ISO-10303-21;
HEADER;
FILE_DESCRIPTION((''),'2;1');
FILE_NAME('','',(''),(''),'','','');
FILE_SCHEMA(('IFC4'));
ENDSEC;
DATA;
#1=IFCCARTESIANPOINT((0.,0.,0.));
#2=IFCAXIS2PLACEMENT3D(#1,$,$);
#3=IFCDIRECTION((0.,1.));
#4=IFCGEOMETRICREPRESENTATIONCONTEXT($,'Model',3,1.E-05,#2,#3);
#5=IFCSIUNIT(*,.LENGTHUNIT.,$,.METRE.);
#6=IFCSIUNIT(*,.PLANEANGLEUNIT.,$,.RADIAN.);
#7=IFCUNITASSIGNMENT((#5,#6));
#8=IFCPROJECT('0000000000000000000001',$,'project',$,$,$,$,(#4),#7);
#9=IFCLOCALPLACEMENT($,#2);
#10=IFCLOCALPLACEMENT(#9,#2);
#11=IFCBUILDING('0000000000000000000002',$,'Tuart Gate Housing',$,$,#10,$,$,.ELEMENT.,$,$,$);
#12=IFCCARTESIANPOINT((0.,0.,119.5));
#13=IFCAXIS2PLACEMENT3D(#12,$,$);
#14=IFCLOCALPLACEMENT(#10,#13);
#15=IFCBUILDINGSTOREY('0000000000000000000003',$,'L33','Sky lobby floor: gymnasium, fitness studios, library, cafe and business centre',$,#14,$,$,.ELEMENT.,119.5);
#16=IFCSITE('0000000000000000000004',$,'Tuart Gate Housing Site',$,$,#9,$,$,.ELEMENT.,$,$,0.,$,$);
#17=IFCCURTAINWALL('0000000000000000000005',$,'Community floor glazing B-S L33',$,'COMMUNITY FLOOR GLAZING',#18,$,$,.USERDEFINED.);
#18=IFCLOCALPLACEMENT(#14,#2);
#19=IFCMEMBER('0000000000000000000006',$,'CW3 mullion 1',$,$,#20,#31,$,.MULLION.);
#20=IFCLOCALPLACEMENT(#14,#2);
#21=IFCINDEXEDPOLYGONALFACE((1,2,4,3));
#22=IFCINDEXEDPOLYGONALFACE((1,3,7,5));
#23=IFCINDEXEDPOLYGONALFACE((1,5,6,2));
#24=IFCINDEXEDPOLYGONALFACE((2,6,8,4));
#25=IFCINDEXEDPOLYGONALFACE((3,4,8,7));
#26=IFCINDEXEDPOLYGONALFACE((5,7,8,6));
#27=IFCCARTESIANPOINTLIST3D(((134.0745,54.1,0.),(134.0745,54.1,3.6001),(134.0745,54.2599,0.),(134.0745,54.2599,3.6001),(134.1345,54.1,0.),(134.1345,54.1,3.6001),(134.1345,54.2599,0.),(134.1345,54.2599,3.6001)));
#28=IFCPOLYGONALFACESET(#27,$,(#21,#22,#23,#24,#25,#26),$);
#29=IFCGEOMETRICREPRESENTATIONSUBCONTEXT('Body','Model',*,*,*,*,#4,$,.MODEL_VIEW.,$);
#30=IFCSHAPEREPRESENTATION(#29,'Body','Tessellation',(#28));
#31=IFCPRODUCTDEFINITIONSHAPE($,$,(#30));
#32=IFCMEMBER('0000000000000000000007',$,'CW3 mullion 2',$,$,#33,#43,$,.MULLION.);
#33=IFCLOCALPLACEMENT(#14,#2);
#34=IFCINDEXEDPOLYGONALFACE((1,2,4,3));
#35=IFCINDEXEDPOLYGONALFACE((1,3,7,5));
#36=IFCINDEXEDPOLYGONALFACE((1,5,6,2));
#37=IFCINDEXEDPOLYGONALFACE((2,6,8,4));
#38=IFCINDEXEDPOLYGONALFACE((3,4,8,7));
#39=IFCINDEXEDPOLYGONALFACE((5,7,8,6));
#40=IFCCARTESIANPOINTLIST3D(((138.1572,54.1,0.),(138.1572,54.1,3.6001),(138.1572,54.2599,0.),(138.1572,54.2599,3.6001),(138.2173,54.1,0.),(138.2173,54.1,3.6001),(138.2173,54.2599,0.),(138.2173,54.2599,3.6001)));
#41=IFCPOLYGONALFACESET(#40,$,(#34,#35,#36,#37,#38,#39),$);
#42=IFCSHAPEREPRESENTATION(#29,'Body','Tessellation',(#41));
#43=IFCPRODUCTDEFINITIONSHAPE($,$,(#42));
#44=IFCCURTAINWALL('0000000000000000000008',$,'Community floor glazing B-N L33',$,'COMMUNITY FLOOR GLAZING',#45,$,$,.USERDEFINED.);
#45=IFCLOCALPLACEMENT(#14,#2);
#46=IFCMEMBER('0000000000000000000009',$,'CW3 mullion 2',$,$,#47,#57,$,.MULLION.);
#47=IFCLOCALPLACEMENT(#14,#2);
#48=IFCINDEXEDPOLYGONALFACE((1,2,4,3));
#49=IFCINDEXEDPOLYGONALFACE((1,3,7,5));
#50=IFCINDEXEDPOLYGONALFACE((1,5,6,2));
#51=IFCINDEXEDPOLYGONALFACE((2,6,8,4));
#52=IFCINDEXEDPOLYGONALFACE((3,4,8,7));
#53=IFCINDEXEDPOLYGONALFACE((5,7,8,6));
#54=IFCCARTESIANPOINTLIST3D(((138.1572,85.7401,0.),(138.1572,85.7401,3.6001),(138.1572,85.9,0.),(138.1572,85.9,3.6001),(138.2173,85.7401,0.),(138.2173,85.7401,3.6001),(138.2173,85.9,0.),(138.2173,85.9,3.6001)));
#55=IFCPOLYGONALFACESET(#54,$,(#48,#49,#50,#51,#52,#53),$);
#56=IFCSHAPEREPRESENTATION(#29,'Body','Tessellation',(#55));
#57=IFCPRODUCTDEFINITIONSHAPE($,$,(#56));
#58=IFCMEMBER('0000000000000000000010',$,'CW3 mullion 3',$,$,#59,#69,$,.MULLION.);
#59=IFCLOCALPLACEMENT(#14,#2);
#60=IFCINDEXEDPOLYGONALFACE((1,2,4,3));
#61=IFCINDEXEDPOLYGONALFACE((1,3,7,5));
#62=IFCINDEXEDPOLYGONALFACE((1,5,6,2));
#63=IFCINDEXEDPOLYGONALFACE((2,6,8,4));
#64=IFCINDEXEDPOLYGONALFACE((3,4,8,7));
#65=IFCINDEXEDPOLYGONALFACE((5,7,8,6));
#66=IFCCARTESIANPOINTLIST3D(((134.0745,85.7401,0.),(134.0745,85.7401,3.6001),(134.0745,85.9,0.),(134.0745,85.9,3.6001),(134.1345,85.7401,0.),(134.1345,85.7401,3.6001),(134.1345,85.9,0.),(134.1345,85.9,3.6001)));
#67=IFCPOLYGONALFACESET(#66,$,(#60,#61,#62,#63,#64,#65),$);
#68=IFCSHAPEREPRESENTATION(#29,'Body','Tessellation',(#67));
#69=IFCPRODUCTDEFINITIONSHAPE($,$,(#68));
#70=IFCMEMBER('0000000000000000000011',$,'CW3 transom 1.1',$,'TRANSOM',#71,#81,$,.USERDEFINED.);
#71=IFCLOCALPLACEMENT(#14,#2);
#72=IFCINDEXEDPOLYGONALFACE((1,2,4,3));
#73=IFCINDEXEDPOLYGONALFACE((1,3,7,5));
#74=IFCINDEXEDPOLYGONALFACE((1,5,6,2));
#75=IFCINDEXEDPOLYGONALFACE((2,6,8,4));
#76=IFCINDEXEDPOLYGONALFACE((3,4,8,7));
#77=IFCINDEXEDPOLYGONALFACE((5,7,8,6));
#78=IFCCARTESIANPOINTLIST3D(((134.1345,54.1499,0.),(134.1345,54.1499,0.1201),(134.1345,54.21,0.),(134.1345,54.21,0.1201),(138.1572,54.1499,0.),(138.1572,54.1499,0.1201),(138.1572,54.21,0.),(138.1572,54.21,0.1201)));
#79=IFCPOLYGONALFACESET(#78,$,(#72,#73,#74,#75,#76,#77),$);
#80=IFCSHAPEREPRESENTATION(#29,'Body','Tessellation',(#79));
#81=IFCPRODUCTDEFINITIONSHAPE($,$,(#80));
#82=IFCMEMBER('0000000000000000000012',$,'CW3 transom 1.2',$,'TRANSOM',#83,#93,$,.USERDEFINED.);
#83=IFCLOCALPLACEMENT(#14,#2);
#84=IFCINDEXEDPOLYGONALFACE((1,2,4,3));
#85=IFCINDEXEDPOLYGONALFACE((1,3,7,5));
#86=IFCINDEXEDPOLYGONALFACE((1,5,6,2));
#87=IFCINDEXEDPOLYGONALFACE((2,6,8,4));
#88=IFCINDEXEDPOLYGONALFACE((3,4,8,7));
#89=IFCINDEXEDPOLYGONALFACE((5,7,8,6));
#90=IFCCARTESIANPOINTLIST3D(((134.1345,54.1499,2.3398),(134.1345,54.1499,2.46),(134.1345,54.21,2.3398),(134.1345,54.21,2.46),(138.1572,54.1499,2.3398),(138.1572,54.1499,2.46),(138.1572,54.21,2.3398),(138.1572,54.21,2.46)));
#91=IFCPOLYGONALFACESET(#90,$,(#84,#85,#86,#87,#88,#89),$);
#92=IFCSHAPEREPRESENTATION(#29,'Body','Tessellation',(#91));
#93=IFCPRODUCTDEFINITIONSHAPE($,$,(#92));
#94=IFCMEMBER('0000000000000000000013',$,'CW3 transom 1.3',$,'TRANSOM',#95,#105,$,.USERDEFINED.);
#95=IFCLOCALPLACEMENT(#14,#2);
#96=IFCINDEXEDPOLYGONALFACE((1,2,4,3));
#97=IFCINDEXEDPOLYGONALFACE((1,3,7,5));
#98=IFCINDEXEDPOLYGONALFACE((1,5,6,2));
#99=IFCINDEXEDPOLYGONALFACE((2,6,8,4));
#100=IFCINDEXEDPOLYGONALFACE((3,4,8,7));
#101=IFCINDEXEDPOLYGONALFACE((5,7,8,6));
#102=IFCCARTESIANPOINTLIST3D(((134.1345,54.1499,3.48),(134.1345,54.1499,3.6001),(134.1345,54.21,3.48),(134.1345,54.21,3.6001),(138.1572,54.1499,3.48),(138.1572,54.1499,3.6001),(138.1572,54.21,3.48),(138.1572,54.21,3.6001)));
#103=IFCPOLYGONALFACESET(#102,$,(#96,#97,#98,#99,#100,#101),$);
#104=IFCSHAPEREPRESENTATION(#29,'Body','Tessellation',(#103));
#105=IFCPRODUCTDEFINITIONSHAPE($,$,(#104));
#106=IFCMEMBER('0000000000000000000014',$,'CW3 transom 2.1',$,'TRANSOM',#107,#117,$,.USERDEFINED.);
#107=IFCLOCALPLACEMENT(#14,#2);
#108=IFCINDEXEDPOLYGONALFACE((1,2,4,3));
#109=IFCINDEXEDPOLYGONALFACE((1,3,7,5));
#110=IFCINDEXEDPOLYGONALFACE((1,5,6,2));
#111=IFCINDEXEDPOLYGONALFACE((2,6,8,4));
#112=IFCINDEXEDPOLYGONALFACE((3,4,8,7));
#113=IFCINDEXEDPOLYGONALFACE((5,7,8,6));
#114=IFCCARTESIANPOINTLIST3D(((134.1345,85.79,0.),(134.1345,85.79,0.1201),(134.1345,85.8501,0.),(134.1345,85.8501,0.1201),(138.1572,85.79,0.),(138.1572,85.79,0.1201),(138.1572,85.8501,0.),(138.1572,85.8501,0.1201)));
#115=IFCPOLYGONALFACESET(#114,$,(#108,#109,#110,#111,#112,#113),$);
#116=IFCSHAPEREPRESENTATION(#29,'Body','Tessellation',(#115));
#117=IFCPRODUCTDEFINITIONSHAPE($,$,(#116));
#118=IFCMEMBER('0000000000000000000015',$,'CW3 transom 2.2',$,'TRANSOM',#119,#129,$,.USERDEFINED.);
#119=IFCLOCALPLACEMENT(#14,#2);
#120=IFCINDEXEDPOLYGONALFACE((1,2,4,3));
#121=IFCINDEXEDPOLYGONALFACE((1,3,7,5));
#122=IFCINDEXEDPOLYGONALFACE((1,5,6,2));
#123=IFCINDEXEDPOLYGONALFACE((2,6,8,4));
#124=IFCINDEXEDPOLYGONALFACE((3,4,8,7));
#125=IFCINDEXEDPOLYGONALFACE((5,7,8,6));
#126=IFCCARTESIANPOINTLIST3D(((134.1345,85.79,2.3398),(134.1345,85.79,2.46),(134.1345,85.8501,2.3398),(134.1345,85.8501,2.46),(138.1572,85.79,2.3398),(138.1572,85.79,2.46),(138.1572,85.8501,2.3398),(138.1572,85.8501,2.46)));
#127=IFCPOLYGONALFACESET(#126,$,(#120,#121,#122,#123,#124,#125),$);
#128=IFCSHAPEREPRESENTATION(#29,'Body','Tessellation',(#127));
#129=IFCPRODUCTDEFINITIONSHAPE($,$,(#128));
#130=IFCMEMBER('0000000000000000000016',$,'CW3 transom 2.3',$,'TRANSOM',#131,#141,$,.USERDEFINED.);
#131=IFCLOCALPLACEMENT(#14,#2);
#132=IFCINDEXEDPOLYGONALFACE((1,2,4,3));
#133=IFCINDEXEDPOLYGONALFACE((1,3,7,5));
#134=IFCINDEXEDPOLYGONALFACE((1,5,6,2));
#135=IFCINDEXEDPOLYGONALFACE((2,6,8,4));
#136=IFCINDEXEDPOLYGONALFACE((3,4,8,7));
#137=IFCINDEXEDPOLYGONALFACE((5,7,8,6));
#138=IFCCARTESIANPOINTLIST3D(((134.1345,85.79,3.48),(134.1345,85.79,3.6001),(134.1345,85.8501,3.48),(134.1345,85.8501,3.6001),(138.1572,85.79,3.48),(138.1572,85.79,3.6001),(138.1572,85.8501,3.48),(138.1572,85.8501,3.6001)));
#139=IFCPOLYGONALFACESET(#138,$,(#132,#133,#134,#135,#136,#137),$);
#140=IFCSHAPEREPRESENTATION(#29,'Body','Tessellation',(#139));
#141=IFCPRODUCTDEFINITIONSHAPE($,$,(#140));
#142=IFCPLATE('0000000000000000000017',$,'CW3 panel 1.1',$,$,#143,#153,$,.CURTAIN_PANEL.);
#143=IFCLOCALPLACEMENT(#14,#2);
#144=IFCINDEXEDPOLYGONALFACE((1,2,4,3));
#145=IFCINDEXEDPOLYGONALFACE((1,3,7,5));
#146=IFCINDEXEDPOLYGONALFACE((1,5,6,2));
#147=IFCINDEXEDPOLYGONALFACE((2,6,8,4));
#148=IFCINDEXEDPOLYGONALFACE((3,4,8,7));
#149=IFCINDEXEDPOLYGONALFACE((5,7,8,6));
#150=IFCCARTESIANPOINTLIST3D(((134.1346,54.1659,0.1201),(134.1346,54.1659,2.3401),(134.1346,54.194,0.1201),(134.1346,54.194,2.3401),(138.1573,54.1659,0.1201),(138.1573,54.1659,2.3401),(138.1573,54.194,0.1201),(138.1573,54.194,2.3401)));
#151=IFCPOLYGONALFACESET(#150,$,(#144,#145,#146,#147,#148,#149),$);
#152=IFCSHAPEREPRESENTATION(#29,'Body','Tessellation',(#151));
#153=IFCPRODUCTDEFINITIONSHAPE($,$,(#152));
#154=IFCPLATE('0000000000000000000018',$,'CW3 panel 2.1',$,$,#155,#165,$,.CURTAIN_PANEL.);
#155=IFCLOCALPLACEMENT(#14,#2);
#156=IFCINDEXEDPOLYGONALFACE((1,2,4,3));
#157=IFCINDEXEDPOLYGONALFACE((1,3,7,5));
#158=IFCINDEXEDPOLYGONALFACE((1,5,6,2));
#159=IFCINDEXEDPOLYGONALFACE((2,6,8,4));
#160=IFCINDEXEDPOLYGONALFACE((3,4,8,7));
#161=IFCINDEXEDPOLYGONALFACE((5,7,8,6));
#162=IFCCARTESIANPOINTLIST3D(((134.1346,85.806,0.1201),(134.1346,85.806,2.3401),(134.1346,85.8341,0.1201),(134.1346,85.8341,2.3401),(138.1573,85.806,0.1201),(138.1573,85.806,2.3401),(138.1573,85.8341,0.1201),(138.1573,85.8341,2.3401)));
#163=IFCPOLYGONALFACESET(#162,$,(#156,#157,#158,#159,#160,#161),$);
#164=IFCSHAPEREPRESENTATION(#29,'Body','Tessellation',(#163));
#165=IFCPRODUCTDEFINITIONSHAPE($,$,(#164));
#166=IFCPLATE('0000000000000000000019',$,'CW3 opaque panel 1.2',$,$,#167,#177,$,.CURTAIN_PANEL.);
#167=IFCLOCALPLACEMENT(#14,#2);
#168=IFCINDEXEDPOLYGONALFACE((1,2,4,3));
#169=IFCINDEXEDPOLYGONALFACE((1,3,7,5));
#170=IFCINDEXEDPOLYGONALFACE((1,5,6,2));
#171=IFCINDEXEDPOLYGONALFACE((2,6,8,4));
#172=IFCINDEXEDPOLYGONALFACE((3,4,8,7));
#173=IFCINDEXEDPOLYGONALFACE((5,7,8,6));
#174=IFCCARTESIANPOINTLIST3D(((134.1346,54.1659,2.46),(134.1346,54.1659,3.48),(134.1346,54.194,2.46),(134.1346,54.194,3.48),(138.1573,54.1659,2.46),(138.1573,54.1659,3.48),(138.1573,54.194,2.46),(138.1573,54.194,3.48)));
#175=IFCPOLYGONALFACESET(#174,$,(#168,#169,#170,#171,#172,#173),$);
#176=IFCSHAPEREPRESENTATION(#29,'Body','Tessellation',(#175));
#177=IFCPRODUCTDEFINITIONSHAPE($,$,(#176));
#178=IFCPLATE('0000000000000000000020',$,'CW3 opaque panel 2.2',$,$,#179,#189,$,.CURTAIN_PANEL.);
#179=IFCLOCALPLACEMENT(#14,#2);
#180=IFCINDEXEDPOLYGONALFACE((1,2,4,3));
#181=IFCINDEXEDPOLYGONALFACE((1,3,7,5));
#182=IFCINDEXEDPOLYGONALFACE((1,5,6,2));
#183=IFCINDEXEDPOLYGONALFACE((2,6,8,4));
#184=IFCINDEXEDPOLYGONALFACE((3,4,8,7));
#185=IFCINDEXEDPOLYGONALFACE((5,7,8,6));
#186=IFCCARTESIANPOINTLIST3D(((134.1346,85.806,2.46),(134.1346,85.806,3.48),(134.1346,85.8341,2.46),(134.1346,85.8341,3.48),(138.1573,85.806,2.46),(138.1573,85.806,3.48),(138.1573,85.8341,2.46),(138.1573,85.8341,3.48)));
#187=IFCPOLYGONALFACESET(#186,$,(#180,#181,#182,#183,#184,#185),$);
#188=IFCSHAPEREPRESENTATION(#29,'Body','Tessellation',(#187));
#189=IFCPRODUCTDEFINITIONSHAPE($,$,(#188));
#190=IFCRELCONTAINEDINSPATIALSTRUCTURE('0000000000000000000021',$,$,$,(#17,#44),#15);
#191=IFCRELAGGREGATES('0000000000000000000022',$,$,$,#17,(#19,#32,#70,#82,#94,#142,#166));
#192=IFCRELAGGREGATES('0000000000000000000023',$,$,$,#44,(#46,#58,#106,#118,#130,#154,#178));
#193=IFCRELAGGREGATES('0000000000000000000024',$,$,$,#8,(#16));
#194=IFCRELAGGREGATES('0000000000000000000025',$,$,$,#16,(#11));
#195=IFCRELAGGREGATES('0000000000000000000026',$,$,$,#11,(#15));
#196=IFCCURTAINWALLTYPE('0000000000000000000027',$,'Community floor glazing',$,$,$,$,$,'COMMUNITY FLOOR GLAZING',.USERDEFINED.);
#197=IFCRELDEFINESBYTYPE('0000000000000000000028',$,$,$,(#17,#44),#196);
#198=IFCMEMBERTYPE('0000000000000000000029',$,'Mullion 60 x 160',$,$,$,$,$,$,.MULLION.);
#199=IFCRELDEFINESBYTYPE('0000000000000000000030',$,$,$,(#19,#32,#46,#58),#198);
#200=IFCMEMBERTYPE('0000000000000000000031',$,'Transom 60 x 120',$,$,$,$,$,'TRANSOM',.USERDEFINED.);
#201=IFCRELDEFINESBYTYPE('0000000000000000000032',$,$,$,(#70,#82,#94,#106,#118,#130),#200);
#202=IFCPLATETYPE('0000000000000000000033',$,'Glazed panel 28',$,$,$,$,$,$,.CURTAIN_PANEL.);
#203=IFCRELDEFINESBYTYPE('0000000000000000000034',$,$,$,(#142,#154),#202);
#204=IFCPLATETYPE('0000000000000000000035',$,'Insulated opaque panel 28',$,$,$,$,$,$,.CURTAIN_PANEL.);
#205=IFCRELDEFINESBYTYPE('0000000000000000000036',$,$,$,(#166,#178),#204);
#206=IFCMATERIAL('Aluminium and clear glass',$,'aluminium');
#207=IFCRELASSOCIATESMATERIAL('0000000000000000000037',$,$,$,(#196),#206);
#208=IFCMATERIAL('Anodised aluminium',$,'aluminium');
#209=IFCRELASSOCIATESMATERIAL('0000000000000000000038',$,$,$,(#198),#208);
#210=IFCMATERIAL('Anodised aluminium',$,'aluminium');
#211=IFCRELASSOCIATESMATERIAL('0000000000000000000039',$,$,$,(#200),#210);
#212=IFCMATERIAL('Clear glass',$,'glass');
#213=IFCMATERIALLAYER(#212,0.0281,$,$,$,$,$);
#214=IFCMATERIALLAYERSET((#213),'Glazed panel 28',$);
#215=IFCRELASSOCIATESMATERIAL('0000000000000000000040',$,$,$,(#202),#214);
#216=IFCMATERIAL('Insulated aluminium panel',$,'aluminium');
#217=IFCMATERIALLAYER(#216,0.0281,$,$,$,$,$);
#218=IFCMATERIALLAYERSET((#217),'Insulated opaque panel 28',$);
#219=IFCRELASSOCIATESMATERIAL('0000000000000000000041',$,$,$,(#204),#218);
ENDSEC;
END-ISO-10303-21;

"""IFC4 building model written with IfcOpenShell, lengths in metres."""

from ifc_helpers import new_model, si_unit, direction, frame, origin, origin_2d, place, context, subcontext, project, spatial, rectangle, extrude, material, layer, layer_set, material_profile, profile_set, type_object, element, aggregate, save


model = new_model("IFC4")

# Units and contexts
model_context = context("Model", 3, precision=1e-05, world=origin(), true_north=direction((0.0, 1.0)))
body_context = subcontext(model_context, "Body", "Model", "MODEL_VIEW")
ifc_project = project(units=[si_unit("LENGTHUNIT", "METRE"), si_unit("PLANEANGLEUNIT", "RADIAN")], contexts=[model_context])

# Site, building, storey
site_placement = place(None, origin())
site = spatial("IfcSite", under=ifc_project, at=site_placement, Name="Tuart Gate Housing Site", CompositionType="ELEMENT", RefElevation=0.0)
building_placement = place(site_placement, origin())
building = spatial("IfcBuilding", under=site, at=building_placement, Name="Tuart Gate Housing", CompositionType="ELEMENT")
storey_placement = place(building_placement, frame((0.0, 0.0, 119.5)))
storey = spatial("IfcBuildingStorey", under=building, at=storey_placement, Name="L33", Description="Sky lobby floor: gymnasium, fitness studios, library, cafe and business centre", CompositionType="ELEMENT", Elevation=119.5)

# Curtain walls, members
ifc_material_1 = material(Name="Aluminium and clear glass", Category="aluminium")
curtain_wall_type = type_object("IfcCurtainWallType", Name="Community floor glazing", ElementType="COMMUNITY FLOOR GLAZING", PredefinedType="USERDEFINED", material=ifc_material_1)
curtain_wall_1_placement = place(storey_placement, origin())
curtain_wall_1 = element("IfcCurtainWall", 1, at=curtain_wall_1_placement, inside=storey, type_object=curtain_wall_type, Name="Community floor glazing B-S L33", ObjectType="COMMUNITY FLOOR GLAZING", PredefinedType="USERDEFINED")
ifc_material_2 = material(Name="Anodised aluminium", Category="aluminium")
ifc_material_profile_1 = material_profile(ifc_material_2, rectangle(XDim=0.0601, YDim=0.1599, at=origin_2d()), Name="60x160")
ifc_profile_set_1 = profile_set([ifc_material_profile_1], Name="Anodised aluminium")
member_type_1 = type_object("IfcMemberType", Name="Mullion 60 x 160", PredefinedType="MULLION", material=ifc_profile_set_1)
member_1_placement = place(storey_placement, frame((134.1045, 54.1799, 0.0), z_axis=(0.0, 0.0, 1.0), x_axis=(1.0, 0.0, 0.0)))
member_1 = element("IfcMember", 2, at=member_1_placement, type_object=member_type_1, Name="CW3 mullion 1", PredefinedType="MULLION", context=body_context, shape_type="SweptSolid", body=[
    extrude(rectangle(XDim=0.0601, YDim=0.1599, at=origin_2d()), origin(), (0.0, 0.0, 1.0), 3.6001),
])
member_2_placement = place(storey_placement, frame((138.1873, 54.1799, 0.0), z_axis=(0.0, 0.0, 1.0), x_axis=(1.0, 0.0, 0.0)))
member_2 = element("IfcMember", 3, at=member_2_placement, type_object=member_type_1, Name="CW3 mullion 2", PredefinedType="MULLION", context=body_context, shape_type="SweptSolid", body=[
    extrude(rectangle(XDim=0.0601, YDim=0.1599, at=origin_2d()), origin(), (0.0, 0.0, 1.0), 3.6001),
])
curtain_wall_2_placement = place(storey_placement, origin())
curtain_wall_2 = element("IfcCurtainWall", 4, at=curtain_wall_2_placement, inside=storey, type_object=curtain_wall_type, Name="Community floor glazing B-N L33", ObjectType="COMMUNITY FLOOR GLAZING", PredefinedType="USERDEFINED")
member_3_placement = place(storey_placement, frame((138.1873, 85.8201, 0.0), z_axis=(0.0, 0.0, 1.0), x_axis=(-1.0, 0.0, 0.0)))
member_3 = element("IfcMember", 5, at=member_3_placement, type_object=member_type_1, Name="CW3 mullion 2", PredefinedType="MULLION", context=body_context, shape_type="SweptSolid", body=[
    extrude(rectangle(XDim=0.0601, YDim=0.1599, at=origin_2d()), origin(), (0.0, 0.0, 1.0), 3.6001),
])
member_4_placement = place(storey_placement, frame((134.1045, 85.8201, 0.0), z_axis=(0.0, 0.0, 1.0), x_axis=(-1.0, 0.0, 0.0)))
member_4 = element("IfcMember", 6, at=member_4_placement, type_object=member_type_1, Name="CW3 mullion 3", PredefinedType="MULLION", context=body_context, shape_type="SweptSolid", body=[
    extrude(rectangle(XDim=0.0601, YDim=0.1599, at=origin_2d()), origin(), (0.0, 0.0, 1.0), 3.6001),
])

# Members
ifc_material_3 = material(Name="Anodised aluminium", Category="aluminium")
ifc_material_profile_2 = material_profile(ifc_material_3, rectangle(XDim=0.0601, YDim=0.1201, at=origin_2d()), Name="60x120")
ifc_profile_set_2 = profile_set([ifc_material_profile_2], Name="Anodised aluminium")
member_type_2 = type_object("IfcMemberType", Name="Transom 60 x 120", ElementType="TRANSOM", PredefinedType="USERDEFINED", material=ifc_profile_set_2)
member_5_placement = place(storey_placement, frame((134.1345, 54.1799, 0.0601), z_axis=(1.0, 0.0, 0.0), x_axis=(0.0, 1.0, 0.0)))
member_5 = element("IfcMember", 7, at=member_5_placement, type_object=member_type_2, Name="CW3 transom 1.1", ObjectType="TRANSOM", PredefinedType="USERDEFINED", context=body_context, shape_type="SweptSolid", body=[
    extrude(rectangle(XDim=0.0601, YDim=0.1201, at=origin_2d()), origin(), (0.0, 0.0, 1.0), 4.0227),
])
member_6_placement = place(storey_placement, frame((134.1345, 54.1799, 2.3999), z_axis=(1.0, 0.0, 0.0), x_axis=(0.0, 1.0, 0.0)))
member_6 = element("IfcMember", 8, at=member_6_placement, type_object=member_type_2, Name="CW3 transom 1.2", ObjectType="TRANSOM", PredefinedType="USERDEFINED", context=body_context, shape_type="SweptSolid", body=[
    extrude(rectangle(XDim=0.0601, YDim=0.1201, at=origin_2d()), origin(), (0.0, 0.0, 1.0), 4.0227),
])
member_7_placement = place(storey_placement, frame((134.1345, 54.1799, 3.54), z_axis=(1.0, 0.0, 0.0), x_axis=(0.0, 1.0, 0.0)))
member_7 = element("IfcMember", 9, at=member_7_placement, type_object=member_type_2, Name="CW3 transom 1.3", ObjectType="TRANSOM", PredefinedType="USERDEFINED", context=body_context, shape_type="SweptSolid", body=[
    extrude(rectangle(XDim=0.0601, YDim=0.1201, at=origin_2d()), origin(), (0.0, 0.0, 1.0), 4.0227),
])
member_8_placement = place(storey_placement, frame((138.1572, 85.8201, 0.0601), z_axis=(-1.0, 0.0, 0.0), x_axis=(0.0, -1.0, 0.0)))
member_8 = element("IfcMember", 10, at=member_8_placement, type_object=member_type_2, Name="CW3 transom 2.1", ObjectType="TRANSOM", PredefinedType="USERDEFINED", context=body_context, shape_type="SweptSolid", body=[
    extrude(rectangle(XDim=0.0601, YDim=0.1201, at=origin_2d()), origin(), (0.0, 0.0, 1.0), 4.0227),
])
member_9_placement = place(storey_placement, frame((138.1572, 85.8201, 2.3999), z_axis=(-1.0, 0.0, 0.0), x_axis=(0.0, -1.0, 0.0)))
member_9 = element("IfcMember", 11, at=member_9_placement, type_object=member_type_2, Name="CW3 transom 2.2", ObjectType="TRANSOM", PredefinedType="USERDEFINED", context=body_context, shape_type="SweptSolid", body=[
    extrude(rectangle(XDim=0.0601, YDim=0.1201, at=origin_2d()), origin(), (0.0, 0.0, 1.0), 4.0227),
])
member_10_placement = place(storey_placement, frame((138.1572, 85.8201, 3.54), z_axis=(-1.0, 0.0, 0.0), x_axis=(0.0, -1.0, 0.0)))
member_10 = element("IfcMember", 12, at=member_10_placement, type_object=member_type_2, Name="CW3 transom 2.3", ObjectType="TRANSOM", PredefinedType="USERDEFINED", context=body_context, shape_type="SweptSolid", body=[
    extrude(rectangle(XDim=0.0601, YDim=0.1201, at=origin_2d()), origin(), (0.0, 0.0, 1.0), 4.0227),
])

# Plates
ifc_material_4 = material(Name="Clear glass", Category="glass")
ifc_layer_1 = layer(ifc_material_4, 0.0281)
ifc_layer_set_1 = layer_set([ifc_layer_1], Name="Glazed panel 28")
plate_type_1 = type_object("IfcPlateType", Name="Glazed panel 28", PredefinedType="CURTAIN_PANEL", material=ifc_layer_set_1)
plate_1_placement = place(storey_placement, frame((136.146, 54.1799, 0.1201), z_axis=(0.0, 0.0, 1.0), x_axis=(1.0, 0.0, 0.0)))
plate_1 = element("IfcPlate", 13, at=plate_1_placement, type_object=plate_type_1, Name="CW3 panel 1.1", PredefinedType="CURTAIN_PANEL", context=body_context, shape_type="SweptSolid", body=[
    extrude(rectangle(XDim=4.0227, YDim=0.0281, at=origin_2d()), origin(), (0.0, 0.0, 1.0), 2.22),
])
plate_2_placement = place(storey_placement, frame((136.146, 85.8201, 0.1201), z_axis=(0.0, 0.0, 1.0), x_axis=(-1.0, 0.0, 0.0)))
plate_2 = element("IfcPlate", 14, at=plate_2_placement, type_object=plate_type_1, Name="CW3 panel 2.1", PredefinedType="CURTAIN_PANEL", context=body_context, shape_type="SweptSolid", body=[
    extrude(rectangle(XDim=4.0227, YDim=0.0281, at=origin_2d()), origin(), (0.0, 0.0, 1.0), 2.22),
])
ifc_material_5 = material(Name="Insulated aluminium panel", Category="aluminium")
ifc_layer_2 = layer(ifc_material_5, 0.0281)
ifc_layer_set_2 = layer_set([ifc_layer_2], Name="Insulated opaque panel 28")
plate_type_2 = type_object("IfcPlateType", Name="Insulated opaque panel 28", PredefinedType="CURTAIN_PANEL", material=ifc_layer_set_2)
plate_3_placement = place(storey_placement, frame((136.146, 54.1799, 2.46), z_axis=(0.0, 0.0, 1.0), x_axis=(1.0, 0.0, 0.0)))
plate_3 = element("IfcPlate", 15, at=plate_3_placement, type_object=plate_type_2, Name="CW3 opaque panel 1.2", PredefinedType="CURTAIN_PANEL", context=body_context, shape_type="SweptSolid", body=[
    extrude(rectangle(XDim=4.0227, YDim=0.0281, at=origin_2d()), origin(), (0.0, 0.0, 1.0), 1.02),
])
aggregate(curtain_wall_1, [member_1, member_2, member_5, member_6, member_7, plate_1, plate_3])
plate_4_placement = place(storey_placement, frame((136.146, 85.8201, 2.46), z_axis=(0.0, 0.0, 1.0), x_axis=(-1.0, 0.0, 0.0)))
plate_4 = element("IfcPlate", 16, at=plate_4_placement, type_object=plate_type_2, Name="CW3 opaque panel 2.2", PredefinedType="CURTAIN_PANEL", context=body_context, shape_type="SweptSolid", body=[
    extrude(rectangle(XDim=4.0227, YDim=0.0281, at=origin_2d()), origin(), (0.0, 0.0, 1.0), 1.02),
])
aggregate(curtain_wall_2, [member_3, member_4, member_8, member_9, member_10, plate_2, plate_4])

save(model, "model.ifc")
